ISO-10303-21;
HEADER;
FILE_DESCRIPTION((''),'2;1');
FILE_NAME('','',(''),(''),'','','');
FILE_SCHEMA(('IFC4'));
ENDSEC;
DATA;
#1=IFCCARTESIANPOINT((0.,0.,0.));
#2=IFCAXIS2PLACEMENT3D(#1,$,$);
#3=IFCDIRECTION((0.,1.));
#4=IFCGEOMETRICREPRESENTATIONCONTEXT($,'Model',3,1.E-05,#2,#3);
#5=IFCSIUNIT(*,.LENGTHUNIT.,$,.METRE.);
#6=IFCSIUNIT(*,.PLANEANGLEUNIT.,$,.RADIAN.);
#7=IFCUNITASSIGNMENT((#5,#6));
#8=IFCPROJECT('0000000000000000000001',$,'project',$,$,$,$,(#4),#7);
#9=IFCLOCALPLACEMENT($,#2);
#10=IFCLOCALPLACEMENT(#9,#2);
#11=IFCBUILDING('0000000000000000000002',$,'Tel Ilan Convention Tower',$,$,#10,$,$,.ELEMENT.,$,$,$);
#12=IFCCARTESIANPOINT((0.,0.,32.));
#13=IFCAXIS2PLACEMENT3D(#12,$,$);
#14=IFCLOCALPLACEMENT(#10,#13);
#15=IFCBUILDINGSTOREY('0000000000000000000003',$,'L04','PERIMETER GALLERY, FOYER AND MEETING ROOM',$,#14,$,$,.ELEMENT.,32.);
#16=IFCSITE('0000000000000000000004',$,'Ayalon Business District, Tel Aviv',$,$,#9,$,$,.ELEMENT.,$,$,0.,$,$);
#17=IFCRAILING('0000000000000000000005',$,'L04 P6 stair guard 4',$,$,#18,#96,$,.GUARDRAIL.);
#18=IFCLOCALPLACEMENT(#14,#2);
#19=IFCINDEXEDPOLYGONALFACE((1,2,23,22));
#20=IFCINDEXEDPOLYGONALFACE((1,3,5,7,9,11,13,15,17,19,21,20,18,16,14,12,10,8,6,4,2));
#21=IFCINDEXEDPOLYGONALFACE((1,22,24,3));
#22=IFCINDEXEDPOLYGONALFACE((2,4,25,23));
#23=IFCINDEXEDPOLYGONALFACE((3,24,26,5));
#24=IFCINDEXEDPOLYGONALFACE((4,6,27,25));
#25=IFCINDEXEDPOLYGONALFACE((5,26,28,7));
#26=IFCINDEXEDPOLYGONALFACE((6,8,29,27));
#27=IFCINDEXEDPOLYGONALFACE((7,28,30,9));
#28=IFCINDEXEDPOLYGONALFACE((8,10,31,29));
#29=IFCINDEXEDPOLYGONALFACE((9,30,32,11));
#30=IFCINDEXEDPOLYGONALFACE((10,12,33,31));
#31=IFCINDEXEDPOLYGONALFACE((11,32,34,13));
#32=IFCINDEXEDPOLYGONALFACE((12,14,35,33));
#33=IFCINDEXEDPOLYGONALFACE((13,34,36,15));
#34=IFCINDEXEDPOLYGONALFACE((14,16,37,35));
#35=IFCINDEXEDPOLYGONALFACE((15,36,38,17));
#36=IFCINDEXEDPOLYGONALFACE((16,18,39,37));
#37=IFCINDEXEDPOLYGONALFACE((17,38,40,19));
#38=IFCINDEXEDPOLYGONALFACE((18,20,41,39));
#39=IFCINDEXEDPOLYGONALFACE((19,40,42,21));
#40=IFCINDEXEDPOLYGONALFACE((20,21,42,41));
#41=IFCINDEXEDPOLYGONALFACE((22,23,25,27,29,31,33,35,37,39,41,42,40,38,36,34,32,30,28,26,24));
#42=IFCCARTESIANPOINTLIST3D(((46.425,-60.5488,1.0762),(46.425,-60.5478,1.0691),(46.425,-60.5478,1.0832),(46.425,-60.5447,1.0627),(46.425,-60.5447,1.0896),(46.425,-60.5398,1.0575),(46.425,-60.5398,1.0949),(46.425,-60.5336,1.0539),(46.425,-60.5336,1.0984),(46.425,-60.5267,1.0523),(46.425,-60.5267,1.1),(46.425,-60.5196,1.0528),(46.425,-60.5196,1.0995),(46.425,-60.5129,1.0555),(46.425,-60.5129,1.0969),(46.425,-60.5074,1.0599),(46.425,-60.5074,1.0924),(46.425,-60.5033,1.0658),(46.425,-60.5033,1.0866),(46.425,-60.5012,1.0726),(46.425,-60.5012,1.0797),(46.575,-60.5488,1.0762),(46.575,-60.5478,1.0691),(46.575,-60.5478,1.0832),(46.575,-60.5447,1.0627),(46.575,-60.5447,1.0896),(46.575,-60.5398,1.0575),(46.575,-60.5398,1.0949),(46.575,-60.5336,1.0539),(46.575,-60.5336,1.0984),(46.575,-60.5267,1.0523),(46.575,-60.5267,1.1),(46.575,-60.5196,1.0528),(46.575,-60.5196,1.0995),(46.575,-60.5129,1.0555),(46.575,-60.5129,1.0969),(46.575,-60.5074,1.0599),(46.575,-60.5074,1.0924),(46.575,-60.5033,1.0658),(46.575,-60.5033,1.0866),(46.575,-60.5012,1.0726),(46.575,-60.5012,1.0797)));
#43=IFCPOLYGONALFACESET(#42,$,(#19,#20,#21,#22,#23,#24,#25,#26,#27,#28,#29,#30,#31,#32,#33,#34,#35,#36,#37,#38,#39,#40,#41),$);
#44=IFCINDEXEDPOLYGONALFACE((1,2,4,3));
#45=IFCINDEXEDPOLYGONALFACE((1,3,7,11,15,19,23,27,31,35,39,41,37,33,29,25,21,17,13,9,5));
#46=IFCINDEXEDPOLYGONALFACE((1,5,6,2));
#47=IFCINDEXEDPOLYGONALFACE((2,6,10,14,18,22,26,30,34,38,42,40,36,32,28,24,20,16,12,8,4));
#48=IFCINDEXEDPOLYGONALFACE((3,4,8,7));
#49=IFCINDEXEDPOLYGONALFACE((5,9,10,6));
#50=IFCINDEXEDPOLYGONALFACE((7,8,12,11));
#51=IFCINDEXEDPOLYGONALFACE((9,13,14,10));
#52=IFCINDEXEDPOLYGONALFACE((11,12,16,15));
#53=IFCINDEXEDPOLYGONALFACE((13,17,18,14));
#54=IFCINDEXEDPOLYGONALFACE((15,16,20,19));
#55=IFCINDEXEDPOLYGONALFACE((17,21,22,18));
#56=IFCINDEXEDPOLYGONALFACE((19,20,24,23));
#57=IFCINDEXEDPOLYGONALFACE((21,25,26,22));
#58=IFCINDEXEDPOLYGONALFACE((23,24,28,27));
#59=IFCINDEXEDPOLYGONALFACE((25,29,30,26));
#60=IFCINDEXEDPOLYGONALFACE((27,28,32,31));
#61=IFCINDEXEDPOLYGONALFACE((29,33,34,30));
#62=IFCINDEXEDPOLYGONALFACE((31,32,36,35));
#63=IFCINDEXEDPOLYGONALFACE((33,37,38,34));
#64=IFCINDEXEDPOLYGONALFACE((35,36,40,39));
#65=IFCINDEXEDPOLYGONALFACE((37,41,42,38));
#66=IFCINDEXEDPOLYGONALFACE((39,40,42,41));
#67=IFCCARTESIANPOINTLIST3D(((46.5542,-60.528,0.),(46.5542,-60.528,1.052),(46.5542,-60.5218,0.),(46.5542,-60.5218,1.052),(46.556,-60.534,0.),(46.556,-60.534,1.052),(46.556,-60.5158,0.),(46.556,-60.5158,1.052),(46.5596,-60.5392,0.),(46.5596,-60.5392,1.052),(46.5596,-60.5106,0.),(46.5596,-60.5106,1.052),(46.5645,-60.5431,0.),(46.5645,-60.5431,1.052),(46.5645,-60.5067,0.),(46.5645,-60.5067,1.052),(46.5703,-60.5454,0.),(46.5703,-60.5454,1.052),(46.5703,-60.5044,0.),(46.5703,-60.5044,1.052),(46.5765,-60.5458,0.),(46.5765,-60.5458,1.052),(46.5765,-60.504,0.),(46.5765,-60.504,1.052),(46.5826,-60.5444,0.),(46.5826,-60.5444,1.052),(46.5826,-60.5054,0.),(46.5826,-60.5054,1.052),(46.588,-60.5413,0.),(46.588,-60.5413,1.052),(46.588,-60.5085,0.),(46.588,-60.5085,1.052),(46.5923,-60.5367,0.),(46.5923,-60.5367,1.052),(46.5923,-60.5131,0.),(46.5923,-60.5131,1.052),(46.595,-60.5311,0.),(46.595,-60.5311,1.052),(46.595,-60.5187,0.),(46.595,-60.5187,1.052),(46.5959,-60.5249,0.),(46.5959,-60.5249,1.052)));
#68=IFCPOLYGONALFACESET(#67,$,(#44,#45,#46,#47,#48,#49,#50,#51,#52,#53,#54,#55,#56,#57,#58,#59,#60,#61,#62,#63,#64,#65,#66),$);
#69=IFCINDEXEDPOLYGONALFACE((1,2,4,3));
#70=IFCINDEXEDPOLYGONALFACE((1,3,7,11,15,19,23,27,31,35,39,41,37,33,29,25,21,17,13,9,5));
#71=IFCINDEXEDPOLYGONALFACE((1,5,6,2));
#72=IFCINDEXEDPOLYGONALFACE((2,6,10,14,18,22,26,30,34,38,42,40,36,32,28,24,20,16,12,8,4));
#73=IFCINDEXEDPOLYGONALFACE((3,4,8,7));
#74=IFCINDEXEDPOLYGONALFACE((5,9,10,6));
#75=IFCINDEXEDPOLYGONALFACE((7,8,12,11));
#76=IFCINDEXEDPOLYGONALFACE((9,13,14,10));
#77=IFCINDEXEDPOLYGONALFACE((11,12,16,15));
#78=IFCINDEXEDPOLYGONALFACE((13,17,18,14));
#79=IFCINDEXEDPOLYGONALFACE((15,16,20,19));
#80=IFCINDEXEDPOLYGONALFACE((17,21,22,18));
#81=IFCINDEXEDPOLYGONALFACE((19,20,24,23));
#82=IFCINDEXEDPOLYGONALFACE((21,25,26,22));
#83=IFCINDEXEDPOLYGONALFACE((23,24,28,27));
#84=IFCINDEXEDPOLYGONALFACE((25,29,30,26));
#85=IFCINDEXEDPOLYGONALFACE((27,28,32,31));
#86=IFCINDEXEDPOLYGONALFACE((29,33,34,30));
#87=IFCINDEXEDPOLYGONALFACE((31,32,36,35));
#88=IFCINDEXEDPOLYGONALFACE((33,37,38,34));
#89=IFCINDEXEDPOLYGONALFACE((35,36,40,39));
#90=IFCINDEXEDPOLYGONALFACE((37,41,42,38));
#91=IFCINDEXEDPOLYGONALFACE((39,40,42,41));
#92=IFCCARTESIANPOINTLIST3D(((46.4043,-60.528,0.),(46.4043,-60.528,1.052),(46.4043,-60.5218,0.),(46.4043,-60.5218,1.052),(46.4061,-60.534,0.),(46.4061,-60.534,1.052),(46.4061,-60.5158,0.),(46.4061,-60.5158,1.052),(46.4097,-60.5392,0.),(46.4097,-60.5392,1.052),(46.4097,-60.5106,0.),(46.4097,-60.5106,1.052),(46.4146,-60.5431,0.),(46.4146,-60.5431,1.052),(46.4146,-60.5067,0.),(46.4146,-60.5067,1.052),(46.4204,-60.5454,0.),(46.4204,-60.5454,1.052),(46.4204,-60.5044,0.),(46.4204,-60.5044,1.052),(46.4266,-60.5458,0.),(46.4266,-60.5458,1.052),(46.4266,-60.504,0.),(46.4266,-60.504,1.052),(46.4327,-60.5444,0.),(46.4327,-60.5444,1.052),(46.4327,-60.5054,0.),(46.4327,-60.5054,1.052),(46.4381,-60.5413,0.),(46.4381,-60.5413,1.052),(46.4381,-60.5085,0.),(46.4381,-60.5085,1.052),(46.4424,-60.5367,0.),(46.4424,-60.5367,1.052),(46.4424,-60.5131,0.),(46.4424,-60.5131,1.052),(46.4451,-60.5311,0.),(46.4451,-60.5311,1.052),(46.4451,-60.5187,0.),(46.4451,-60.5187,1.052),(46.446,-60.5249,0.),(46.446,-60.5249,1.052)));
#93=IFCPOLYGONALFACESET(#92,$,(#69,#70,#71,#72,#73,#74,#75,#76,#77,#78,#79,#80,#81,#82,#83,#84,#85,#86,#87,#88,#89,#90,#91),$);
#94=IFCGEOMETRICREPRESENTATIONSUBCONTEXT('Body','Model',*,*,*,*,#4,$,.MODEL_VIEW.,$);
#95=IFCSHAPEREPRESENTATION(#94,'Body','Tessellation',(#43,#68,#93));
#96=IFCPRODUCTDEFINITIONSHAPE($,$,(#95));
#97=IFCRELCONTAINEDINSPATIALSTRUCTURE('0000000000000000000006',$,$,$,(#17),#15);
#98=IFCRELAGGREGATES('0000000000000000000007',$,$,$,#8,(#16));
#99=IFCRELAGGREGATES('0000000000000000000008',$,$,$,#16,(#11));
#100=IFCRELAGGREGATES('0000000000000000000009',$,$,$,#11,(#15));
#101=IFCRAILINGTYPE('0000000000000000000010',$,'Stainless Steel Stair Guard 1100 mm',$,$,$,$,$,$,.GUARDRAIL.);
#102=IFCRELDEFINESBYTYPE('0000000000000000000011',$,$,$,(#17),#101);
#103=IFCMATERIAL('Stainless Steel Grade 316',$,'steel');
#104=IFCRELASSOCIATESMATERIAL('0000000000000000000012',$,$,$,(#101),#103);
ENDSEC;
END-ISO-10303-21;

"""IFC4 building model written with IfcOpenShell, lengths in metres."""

from ifc_helpers import new_model, si_unit, direction, frame, origin, origin_2d, place, context, subcontext, project, spatial, circle, extrude, material, type_object, element, save


model = new_model("IFC4")

# Units and contexts
model_context = context("Model", 3, precision=1e-05, world=origin(), true_north=direction((0.0, 1.0)))
body_context = subcontext(model_context, "Body", "Model", "MODEL_VIEW")
ifc_project = project(units=[si_unit("LENGTHUNIT", "METRE"), si_unit("PLANEANGLEUNIT", "RADIAN")], contexts=[model_context])

# Site, building, storey
site_placement = place(None, origin())
site = spatial("IfcSite", under=ifc_project, at=site_placement, Name="Ayalon Business District, Tel Aviv", CompositionType="ELEMENT", RefElevation=0.0)
building_placement = place(site_placement, origin())
building = spatial("IfcBuilding", under=site, at=building_placement, Name="Tel Ilan Convention Tower", CompositionType="ELEMENT")
storey_placement = place(building_placement, frame((0.0, 0.0, 32.0)))
storey = spatial("IfcBuildingStorey", under=building, at=storey_placement, Name="L04", Description="PERIMETER GALLERY, FOYER AND MEETING ROOM", CompositionType="ELEMENT", Elevation=32.0)

# Railing
ifc_material_1 = material(Name="Stainless Steel Grade 316", Category="steel")
railing_type_1 = type_object("IfcRailingType", Name="Stainless Steel Stair Guard 1100 mm", PredefinedType="GUARDRAIL", material=ifc_material_1)
railing_1_placement = place(storey_placement, frame((46.575, -60.5249, 0.0)))
element("IfcRailing", 1, at=railing_1_placement, inside=storey, type_object=railing_type_1, Name="L04 P6 stair guard 4", PredefinedType="GUARDRAIL", context=body_context, shape_type="SweptSolid", body=[
    extrude(circle(Radius=0.0239, at=origin_2d()), frame((0.0, 0.0, 1.0762), z_axis=(-1.0, 0.0, 0.0), x_axis=(0.0, -1.0, 0.0)), (0.0, 0.0, 1.0), 0.1499),
    extrude(circle(Radius=0.021, at=origin_2d()), origin(), (0.0, 0.0, 1.0), 1.052),
    extrude(circle(Radius=0.021, at=origin_2d()), frame((-0.1499, 0.0, 0.0)), (0.0, 0.0, 1.0), 1.052),
])

save(model, "model.ifc")
